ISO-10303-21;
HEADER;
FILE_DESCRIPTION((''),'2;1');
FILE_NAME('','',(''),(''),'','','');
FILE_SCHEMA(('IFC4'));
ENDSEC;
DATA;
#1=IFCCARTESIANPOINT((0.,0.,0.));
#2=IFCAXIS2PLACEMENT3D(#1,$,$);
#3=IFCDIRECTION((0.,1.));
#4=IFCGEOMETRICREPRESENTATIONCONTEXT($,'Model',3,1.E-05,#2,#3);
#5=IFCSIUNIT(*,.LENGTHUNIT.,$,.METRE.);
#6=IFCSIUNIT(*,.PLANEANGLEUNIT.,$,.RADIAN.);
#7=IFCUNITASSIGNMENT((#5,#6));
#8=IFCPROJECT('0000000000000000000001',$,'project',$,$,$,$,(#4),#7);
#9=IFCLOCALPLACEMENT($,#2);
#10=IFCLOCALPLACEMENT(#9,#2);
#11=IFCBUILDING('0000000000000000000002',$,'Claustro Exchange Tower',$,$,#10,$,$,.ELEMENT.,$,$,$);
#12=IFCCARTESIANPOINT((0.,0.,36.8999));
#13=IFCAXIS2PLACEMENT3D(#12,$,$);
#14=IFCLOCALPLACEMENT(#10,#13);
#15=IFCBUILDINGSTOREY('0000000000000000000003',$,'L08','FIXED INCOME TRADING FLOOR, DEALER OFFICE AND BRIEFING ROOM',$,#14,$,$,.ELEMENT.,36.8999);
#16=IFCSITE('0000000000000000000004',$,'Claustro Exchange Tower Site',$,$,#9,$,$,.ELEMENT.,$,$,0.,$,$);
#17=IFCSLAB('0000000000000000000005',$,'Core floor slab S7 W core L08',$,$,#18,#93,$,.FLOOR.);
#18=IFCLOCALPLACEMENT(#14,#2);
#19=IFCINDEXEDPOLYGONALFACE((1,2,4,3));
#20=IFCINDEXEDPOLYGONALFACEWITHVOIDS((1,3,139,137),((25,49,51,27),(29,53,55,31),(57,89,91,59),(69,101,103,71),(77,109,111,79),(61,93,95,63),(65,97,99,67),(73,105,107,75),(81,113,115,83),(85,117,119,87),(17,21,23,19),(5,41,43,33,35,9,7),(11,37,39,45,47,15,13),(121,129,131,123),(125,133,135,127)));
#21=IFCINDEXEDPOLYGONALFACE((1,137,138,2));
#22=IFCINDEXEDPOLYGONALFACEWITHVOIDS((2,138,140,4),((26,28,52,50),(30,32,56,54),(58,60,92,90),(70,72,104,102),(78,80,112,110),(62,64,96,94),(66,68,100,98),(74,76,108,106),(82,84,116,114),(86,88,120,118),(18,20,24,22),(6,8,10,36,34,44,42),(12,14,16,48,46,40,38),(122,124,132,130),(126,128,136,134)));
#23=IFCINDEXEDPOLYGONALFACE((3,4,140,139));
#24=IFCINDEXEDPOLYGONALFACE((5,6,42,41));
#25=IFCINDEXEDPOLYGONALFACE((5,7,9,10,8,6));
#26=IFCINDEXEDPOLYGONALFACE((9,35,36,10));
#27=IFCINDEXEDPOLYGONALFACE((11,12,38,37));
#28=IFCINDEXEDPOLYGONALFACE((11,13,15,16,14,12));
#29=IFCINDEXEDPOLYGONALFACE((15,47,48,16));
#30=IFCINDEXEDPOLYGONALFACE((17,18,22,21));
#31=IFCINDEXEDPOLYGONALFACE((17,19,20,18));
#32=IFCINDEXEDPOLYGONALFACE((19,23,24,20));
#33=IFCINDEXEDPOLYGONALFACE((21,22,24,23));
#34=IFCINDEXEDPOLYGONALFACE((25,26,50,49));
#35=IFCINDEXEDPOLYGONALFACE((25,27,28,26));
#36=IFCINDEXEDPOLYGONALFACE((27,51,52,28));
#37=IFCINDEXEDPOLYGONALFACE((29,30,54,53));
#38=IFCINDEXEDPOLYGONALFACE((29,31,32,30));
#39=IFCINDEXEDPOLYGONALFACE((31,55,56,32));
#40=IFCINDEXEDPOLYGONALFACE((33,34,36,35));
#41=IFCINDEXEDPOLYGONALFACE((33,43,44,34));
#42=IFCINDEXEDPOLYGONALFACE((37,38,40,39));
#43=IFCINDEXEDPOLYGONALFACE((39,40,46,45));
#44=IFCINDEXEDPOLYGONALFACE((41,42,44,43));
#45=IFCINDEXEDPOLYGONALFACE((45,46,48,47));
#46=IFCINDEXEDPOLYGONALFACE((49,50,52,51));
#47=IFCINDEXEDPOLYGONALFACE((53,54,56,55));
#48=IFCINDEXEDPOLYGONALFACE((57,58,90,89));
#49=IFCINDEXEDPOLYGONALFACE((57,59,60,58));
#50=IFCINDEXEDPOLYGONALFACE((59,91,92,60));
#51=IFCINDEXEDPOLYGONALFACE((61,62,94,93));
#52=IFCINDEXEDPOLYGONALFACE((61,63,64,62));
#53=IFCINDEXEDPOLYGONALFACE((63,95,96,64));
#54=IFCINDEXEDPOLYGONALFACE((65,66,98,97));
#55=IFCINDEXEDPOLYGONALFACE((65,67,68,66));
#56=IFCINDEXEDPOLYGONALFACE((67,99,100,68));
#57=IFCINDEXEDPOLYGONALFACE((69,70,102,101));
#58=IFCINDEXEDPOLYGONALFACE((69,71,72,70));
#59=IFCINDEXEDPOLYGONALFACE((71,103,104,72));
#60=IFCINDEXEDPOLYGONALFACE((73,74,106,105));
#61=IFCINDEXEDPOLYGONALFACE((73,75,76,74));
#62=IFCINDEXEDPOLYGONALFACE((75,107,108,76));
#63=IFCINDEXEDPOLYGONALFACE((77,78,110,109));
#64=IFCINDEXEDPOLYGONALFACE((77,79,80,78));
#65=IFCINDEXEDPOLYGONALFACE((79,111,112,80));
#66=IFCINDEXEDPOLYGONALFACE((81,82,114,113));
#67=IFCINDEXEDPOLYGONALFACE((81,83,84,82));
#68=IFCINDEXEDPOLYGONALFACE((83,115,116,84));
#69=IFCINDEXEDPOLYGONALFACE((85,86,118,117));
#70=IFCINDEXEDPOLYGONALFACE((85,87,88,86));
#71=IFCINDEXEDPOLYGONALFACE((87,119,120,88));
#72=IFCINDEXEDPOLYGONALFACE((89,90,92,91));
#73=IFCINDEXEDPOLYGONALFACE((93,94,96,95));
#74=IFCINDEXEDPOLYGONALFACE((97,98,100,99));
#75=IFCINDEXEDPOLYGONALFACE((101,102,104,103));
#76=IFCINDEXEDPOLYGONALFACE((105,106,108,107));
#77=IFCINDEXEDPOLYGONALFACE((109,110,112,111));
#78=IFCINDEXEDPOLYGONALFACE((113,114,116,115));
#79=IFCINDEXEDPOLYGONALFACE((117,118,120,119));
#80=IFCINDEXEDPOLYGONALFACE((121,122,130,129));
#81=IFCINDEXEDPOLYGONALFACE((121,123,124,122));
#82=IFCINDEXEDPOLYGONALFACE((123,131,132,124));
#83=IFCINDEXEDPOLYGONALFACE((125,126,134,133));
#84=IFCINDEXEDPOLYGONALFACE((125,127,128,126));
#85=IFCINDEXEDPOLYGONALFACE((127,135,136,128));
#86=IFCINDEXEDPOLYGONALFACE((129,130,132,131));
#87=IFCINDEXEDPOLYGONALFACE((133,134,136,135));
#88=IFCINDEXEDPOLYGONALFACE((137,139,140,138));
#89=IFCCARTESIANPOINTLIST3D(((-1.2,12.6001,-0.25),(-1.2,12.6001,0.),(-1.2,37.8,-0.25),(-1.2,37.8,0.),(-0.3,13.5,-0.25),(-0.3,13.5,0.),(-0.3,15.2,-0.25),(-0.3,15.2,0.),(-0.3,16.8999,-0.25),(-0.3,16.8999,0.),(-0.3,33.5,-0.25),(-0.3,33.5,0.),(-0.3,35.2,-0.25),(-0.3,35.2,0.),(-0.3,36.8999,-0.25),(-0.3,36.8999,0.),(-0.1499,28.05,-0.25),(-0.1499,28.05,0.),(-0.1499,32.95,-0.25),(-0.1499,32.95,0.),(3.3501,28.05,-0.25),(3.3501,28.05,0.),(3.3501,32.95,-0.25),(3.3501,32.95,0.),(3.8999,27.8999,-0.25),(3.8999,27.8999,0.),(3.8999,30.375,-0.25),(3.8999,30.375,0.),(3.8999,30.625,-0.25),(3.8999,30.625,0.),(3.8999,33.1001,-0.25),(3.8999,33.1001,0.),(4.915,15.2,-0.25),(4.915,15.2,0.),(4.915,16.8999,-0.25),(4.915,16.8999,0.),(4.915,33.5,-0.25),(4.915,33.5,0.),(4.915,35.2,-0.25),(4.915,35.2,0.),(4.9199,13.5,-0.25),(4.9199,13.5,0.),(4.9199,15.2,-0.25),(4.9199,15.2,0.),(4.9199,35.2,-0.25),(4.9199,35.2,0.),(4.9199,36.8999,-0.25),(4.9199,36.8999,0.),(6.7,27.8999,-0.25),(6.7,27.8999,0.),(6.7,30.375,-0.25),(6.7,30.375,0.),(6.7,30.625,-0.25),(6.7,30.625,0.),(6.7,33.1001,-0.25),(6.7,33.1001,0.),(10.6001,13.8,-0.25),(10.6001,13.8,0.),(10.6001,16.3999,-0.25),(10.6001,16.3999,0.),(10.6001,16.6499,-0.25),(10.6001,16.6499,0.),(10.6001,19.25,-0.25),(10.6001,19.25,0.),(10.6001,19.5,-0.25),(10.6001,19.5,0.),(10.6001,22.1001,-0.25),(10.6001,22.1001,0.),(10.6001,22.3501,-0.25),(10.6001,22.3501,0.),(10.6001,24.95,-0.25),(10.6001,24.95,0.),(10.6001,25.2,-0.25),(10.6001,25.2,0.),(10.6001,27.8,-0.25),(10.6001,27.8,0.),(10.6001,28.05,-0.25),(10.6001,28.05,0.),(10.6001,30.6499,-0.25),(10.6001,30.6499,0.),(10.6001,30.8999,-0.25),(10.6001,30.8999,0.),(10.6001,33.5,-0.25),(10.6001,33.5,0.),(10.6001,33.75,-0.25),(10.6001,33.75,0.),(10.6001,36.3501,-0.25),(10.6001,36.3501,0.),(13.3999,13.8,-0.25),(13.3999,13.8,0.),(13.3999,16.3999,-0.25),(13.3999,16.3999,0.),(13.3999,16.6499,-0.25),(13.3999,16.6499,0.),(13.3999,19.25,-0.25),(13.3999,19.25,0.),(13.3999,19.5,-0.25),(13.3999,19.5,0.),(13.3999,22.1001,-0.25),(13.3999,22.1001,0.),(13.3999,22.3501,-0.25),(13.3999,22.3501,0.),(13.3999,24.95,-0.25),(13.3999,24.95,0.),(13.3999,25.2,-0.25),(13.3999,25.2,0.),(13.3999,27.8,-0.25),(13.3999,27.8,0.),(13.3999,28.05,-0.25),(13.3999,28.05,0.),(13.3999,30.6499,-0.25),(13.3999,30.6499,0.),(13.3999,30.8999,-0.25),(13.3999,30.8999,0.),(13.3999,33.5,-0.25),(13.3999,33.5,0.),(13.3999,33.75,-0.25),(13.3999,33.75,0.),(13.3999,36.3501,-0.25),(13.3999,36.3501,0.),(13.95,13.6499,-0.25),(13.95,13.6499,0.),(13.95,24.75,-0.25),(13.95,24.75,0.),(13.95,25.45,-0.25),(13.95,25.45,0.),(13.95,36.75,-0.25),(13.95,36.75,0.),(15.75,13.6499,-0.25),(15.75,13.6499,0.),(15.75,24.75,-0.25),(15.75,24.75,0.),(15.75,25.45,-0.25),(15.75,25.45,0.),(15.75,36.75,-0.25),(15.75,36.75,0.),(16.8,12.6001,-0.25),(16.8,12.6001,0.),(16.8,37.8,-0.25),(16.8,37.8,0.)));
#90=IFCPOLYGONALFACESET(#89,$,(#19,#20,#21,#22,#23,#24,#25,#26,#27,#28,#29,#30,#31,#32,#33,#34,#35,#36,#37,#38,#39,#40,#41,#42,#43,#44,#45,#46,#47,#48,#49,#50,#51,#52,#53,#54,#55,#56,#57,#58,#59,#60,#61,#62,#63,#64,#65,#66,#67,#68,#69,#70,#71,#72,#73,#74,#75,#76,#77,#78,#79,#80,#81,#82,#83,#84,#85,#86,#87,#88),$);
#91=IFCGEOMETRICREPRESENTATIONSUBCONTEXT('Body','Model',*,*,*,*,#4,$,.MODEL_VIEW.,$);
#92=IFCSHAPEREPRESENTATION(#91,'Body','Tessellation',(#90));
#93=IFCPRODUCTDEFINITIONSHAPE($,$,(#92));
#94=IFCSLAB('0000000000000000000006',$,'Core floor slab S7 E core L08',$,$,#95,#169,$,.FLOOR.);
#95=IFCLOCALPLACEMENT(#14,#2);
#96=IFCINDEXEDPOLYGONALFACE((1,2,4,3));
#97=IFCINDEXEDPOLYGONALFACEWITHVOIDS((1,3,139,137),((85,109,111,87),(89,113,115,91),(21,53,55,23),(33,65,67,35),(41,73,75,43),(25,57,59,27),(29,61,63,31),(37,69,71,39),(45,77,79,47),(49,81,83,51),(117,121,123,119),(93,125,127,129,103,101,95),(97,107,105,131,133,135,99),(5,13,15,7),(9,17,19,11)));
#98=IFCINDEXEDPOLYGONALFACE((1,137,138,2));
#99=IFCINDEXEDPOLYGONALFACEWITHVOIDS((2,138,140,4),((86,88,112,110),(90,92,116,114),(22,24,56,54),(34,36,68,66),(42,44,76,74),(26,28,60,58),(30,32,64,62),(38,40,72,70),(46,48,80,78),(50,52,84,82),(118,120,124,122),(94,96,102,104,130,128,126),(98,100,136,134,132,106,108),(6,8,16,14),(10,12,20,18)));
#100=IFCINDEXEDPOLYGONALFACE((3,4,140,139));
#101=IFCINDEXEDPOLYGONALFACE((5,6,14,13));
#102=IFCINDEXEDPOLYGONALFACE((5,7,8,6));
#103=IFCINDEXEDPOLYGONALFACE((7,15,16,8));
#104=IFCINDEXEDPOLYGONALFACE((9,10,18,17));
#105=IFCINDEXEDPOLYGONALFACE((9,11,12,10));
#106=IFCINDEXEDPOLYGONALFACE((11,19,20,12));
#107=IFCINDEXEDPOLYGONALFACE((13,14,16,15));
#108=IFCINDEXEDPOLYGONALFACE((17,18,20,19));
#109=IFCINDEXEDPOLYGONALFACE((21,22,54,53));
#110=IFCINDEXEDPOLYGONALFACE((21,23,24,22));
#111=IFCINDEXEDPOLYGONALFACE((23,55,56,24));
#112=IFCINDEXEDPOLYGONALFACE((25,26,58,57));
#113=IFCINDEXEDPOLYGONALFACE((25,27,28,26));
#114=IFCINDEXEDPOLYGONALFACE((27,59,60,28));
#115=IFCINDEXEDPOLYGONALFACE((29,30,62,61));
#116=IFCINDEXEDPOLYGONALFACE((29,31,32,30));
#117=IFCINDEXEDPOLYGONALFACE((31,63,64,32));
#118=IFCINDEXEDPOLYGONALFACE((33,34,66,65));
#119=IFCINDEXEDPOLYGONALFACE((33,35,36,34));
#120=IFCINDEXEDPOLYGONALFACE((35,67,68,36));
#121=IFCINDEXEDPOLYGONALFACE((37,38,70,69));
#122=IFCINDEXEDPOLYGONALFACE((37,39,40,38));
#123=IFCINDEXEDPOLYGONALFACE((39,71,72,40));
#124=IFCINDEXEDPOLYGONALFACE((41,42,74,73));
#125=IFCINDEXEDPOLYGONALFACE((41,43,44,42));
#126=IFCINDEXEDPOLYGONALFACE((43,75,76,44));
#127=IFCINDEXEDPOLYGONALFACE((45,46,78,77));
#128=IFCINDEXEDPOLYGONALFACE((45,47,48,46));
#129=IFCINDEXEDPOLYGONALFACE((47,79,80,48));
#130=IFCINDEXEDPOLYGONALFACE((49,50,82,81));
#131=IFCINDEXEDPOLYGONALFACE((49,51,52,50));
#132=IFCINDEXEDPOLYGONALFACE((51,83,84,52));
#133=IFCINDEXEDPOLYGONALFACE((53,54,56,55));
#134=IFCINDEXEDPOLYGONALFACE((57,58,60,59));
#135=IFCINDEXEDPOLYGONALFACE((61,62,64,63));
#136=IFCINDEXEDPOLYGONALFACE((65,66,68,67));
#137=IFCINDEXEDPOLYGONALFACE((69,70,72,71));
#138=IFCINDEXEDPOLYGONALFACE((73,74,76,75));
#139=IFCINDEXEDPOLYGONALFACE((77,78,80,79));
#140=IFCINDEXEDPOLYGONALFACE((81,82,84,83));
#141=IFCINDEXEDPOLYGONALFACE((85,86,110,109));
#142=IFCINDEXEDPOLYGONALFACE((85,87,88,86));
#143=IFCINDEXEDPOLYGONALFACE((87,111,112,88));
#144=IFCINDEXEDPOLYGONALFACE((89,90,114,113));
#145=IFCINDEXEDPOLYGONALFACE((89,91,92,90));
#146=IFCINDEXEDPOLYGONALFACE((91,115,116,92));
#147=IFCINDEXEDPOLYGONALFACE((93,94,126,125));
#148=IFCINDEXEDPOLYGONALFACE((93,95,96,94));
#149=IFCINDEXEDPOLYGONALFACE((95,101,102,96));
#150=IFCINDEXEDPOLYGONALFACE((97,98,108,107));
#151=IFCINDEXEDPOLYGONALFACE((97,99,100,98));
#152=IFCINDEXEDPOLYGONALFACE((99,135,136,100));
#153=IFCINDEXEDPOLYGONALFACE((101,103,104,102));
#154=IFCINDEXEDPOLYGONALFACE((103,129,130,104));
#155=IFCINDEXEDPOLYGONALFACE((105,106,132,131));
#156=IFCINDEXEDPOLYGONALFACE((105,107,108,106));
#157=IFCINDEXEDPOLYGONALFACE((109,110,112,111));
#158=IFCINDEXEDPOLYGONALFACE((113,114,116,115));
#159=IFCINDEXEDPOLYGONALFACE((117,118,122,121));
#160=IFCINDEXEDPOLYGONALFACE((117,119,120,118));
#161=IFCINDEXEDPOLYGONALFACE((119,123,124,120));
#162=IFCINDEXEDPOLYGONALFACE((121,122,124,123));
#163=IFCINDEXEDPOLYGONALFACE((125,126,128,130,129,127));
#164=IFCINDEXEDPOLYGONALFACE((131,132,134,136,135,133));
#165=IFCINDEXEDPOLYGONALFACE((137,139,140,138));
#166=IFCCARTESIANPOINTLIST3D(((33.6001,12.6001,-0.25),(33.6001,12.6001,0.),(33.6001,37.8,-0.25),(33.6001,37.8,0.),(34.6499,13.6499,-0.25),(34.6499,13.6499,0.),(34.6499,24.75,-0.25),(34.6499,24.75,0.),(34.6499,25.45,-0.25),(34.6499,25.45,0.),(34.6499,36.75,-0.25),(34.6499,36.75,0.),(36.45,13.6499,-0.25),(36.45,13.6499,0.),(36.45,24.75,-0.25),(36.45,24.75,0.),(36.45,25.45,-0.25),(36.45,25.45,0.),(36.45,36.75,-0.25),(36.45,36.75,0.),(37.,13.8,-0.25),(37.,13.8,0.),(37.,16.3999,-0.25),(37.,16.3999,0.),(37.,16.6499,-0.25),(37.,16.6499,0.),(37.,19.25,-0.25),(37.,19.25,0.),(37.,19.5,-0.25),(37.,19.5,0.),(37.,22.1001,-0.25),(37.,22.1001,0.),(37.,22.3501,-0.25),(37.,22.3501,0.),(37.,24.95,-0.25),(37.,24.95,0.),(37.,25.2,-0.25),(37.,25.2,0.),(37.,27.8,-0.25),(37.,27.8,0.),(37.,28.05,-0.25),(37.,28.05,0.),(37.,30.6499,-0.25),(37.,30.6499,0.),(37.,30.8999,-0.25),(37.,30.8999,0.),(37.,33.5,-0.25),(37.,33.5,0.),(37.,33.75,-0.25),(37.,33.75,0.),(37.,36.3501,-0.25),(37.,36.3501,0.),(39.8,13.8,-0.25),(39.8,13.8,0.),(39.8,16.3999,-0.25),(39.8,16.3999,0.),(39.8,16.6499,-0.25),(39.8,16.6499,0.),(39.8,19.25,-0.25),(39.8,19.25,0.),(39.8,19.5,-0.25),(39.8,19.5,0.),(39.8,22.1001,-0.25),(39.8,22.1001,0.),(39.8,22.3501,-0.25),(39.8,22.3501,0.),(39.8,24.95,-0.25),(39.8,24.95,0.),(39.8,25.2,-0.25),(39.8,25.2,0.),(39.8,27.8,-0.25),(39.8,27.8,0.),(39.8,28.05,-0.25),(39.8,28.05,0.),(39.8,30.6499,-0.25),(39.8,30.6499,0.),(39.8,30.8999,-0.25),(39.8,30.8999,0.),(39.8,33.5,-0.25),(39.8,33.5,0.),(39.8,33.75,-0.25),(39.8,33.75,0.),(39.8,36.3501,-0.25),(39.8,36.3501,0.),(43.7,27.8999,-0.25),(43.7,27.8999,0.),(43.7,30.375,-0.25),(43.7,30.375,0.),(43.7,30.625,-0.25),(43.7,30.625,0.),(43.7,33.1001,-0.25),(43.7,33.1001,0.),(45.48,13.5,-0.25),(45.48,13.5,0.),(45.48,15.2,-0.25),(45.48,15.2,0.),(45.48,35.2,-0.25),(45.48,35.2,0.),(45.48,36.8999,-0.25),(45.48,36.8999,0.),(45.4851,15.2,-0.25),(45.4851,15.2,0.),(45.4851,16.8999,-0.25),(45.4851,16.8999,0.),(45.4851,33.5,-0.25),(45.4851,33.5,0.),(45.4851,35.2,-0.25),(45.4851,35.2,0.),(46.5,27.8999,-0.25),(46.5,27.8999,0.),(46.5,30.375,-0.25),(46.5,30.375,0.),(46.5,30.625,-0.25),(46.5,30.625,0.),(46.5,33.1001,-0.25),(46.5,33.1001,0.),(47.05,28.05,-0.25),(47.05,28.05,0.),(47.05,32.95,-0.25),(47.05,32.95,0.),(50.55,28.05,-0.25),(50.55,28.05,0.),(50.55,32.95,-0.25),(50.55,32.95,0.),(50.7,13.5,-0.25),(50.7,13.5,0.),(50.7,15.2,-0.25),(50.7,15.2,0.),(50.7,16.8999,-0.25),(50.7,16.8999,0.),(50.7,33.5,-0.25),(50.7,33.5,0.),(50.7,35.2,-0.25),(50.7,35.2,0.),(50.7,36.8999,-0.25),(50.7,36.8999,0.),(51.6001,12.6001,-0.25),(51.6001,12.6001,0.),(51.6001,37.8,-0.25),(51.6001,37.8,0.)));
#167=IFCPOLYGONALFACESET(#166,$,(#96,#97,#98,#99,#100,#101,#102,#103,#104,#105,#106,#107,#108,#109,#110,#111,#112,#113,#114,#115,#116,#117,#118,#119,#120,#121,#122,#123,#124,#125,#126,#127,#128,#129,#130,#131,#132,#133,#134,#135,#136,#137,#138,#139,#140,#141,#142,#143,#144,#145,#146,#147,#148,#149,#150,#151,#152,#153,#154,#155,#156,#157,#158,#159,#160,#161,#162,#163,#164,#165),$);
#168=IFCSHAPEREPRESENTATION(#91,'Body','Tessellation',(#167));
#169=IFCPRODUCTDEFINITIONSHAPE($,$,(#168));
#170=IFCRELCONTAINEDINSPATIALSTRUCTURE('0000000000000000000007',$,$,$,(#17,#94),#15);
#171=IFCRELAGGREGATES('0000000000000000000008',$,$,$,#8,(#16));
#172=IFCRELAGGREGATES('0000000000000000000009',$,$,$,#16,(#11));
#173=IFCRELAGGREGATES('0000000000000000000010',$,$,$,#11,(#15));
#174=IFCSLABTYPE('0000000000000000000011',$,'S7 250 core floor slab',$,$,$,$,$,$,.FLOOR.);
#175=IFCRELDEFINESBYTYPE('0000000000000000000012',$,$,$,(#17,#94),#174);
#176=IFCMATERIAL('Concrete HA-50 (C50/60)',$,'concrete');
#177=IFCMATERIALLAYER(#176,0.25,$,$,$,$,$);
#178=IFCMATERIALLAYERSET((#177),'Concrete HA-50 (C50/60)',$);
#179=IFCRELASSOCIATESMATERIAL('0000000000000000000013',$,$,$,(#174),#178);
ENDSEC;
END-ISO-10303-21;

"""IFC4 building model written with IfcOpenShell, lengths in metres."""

from ifc_helpers import new_model, si_unit, direction, frame, origin, place, context, subcontext, project, spatial, polyline, outline, extrude, material, layer, layer_set, type_object, element, save


model = new_model("IFC4")

# Units and contexts
model_context = context("Model", 3, precision=1e-05, world=origin(), true_north=direction((0.0, 1.0)))
body_context = subcontext(model_context, "Body", "Model", "MODEL_VIEW")
ifc_project = project(units=[si_unit("LENGTHUNIT", "METRE"), si_unit("PLANEANGLEUNIT", "RADIAN")], contexts=[model_context])

# Site, building, storey
site_placement = place(None, origin())
site = spatial("IfcSite", under=ifc_project, at=site_placement, Name="Claustro Exchange Tower Site", CompositionType="ELEMENT", RefElevation=0.0)
building_placement = place(site_placement, origin())
building = spatial("IfcBuilding", under=site, at=building_placement, Name="Claustro Exchange Tower", CompositionType="ELEMENT")
storey_placement = place(building_placement, frame((0.0, 0.0, 36.8999)))
storey = spatial("IfcBuildingStorey", under=building, at=storey_placement, Name="L08", Description="FIXED INCOME TRADING FLOOR, DEALER OFFICE AND BRIEFING ROOM", CompositionType="ELEMENT", Elevation=36.8999)

# Slabs
ifc_material_1 = material(Name="Concrete HA-50 (C50/60)", Category="concrete")
ifc_layer_1 = layer(ifc_material_1, 0.25)
ifc_layer_set_1 = layer_set([ifc_layer_1], Name="Concrete HA-50 (C50/60)")
slab_type_1 = type_object("IfcSlabType", Name="S7 250 core floor slab", PredefinedType="FLOOR", material=ifc_layer_set_1)
slab_1_placement = place(storey_placement, frame((0.0, 0.0, -0.25)))
element("IfcSlab", 1, at=slab_1_placement, inside=storey, type_object=slab_type_1, Name="Core floor slab S7 W core L08", PredefinedType="FLOOR", context=body_context, shape_type="SweptSolid", body=[
    extrude(outline(polyline([(-1.2, 12.6001), (16.8, 12.6001), (16.8, 37.8), (-1.2, 37.8), (-1.2, 12.6001)]), holes=[polyline([(15.75, 24.75), (15.75, 13.6499), (13.95, 13.6499), (13.95, 24.75), (15.75, 24.75)]), polyline([(15.75, 36.75), (15.75, 25.45), (13.95, 25.45), (13.95, 36.75), (15.75, 36.75)]), polyline([(10.6001, 16.3999), (13.3999, 16.3999), (13.3999, 13.8), (10.6001, 13.8), (10.6001, 16.3999)]), polyline([(13.3999, 19.25), (13.3999, 16.6499), (10.6001, 16.6499), (10.6001, 19.25), (13.3999, 19.25)]), polyline([(13.3999, 22.1001), (13.3999, 19.5), (10.6001, 19.5), (10.6001, 22.1001), (13.3999, 22.1001)]), polyline([(13.3999, 24.95), (13.3999, 22.3501), (10.6001, 22.3501), (10.6001, 24.95), (13.3999, 24.95)]), polyline([(13.3999, 27.8), (13.3999, 25.2), (10.6001, 25.2), (10.6001, 27.8), (13.3999, 27.8)]), polyline([(13.3999, 30.6499), (13.3999, 28.05), (10.6001, 28.05), (10.6001, 30.6499), (13.3999, 30.6499)]), polyline([(13.3999, 33.5), (13.3999, 30.8999), (10.6001, 30.8999), (10.6001, 33.5), (13.3999, 33.5)]), polyline([(13.3999, 36.3501), (13.3999, 33.75), (10.6001, 33.75), (10.6001, 36.3501), (13.3999, 36.3501)]), polyline([(6.7, 30.375), (6.7, 27.8999), (3.8999, 27.8999), (3.8999, 30.375), (6.7, 30.375)]), polyline([(6.7, 33.1001), (6.7, 30.625), (3.8999, 30.625), (3.8999, 33.1001), (6.7, 33.1001)]), polyline([(-0.3, 15.2), (-0.3, 16.8999), (4.915, 16.8999), (4.915, 15.2), (4.9199, 15.2), (4.9199, 13.5), (-0.3, 13.5), (-0.3, 15.2)]), polyline([(-0.3, 36.8999), (4.9199, 36.8999), (4.9199, 35.2), (4.915, 35.2), (4.915, 33.5), (-0.3, 33.5), (-0.3, 35.2), (-0.3, 36.8999)]), polyline([(3.3501, 32.95), (3.3501, 28.05), (-0.1499, 28.05), (-0.1499, 32.95), (3.3501, 32.95)])]), origin(), (0.0, 0.0, 1.0), 0.25),
])
slab_2_placement = place(storey_placement, frame((0.0, 0.0, -0.25)))
element("IfcSlab", 2, at=slab_2_placement, inside=storey, type_object=slab_type_1, Name="Core floor slab S7 E core L08", PredefinedType="FLOOR", context=body_context, shape_type="SweptSolid", body=[
    extrude(outline(polyline([(33.6001, 12.6001), (51.6001, 12.6001), (51.6001, 37.8), (33.6001, 37.8), (33.6001, 12.6001)]), holes=[polyline([(45.48, 35.2), (45.48, 36.8999), (50.7, 36.8999), (50.7, 35.2), (50.7, 33.5), (45.4851, 33.5), (45.4851, 35.2), (45.48, 35.2)]), polyline([(45.4851, 15.2), (45.4851, 16.8999), (50.7, 16.8999), (50.7, 15.2), (50.7, 13.5), (45.48, 13.5), (45.48, 15.2), (45.4851, 15.2)]), polyline([(50.55, 32.95), (50.55, 28.05), (47.05, 28.05), (47.05, 32.95), (50.55, 32.95)]), polyline([(46.5, 30.375), (46.5, 27.8999), (43.7, 27.8999), (43.7, 30.375), (46.5, 30.375)]), polyline([(46.5, 33.1001), (46.5, 30.625), (43.7, 30.625), (43.7, 33.1001), (46.5, 33.1001)]), polyline([(37.0, 16.3999), (39.8, 16.3999), (39.8, 13.8), (37.0, 13.8), (37.0, 16.3999)]), polyline([(39.8, 19.25), (39.8, 16.6499), (37.0, 16.6499), (37.0, 19.25), (39.8, 19.25)]), polyline([(39.8, 22.1001), (39.8, 19.5), (37.0, 19.5), (37.0, 22.1001), (39.8, 22.1001)]), polyline([(39.8, 24.95), (39.8, 22.3501), (37.0, 22.3501), (37.0, 24.95), (39.8, 24.95)]), polyline([(39.8, 27.8), (39.8, 25.2), (37.0, 25.2), (37.0, 27.8), (39.8, 27.8)]), polyline([(39.8, 30.6499), (39.8, 28.05), (37.0, 28.05), (37.0, 30.6499), (39.8, 30.6499)]), polyline([(39.8, 33.5), (39.8, 30.8999), (37.0, 30.8999), (37.0, 33.5), (39.8, 33.5)]), polyline([(39.8, 36.3501), (39.8, 33.75), (37.0, 33.75), (37.0, 36.3501), (39.8, 36.3501)]), polyline([(36.45, 24.75), (36.45, 13.6499), (34.6499, 13.6499), (34.6499, 24.75), (36.45, 24.75)]), polyline([(36.45, 36.75), (36.45, 25.45), (34.6499, 25.45), (34.6499, 36.75), (36.45, 36.75)])]), origin(), (0.0, 0.0, 1.0), 0.25),
])

save(model, "model.ifc")
